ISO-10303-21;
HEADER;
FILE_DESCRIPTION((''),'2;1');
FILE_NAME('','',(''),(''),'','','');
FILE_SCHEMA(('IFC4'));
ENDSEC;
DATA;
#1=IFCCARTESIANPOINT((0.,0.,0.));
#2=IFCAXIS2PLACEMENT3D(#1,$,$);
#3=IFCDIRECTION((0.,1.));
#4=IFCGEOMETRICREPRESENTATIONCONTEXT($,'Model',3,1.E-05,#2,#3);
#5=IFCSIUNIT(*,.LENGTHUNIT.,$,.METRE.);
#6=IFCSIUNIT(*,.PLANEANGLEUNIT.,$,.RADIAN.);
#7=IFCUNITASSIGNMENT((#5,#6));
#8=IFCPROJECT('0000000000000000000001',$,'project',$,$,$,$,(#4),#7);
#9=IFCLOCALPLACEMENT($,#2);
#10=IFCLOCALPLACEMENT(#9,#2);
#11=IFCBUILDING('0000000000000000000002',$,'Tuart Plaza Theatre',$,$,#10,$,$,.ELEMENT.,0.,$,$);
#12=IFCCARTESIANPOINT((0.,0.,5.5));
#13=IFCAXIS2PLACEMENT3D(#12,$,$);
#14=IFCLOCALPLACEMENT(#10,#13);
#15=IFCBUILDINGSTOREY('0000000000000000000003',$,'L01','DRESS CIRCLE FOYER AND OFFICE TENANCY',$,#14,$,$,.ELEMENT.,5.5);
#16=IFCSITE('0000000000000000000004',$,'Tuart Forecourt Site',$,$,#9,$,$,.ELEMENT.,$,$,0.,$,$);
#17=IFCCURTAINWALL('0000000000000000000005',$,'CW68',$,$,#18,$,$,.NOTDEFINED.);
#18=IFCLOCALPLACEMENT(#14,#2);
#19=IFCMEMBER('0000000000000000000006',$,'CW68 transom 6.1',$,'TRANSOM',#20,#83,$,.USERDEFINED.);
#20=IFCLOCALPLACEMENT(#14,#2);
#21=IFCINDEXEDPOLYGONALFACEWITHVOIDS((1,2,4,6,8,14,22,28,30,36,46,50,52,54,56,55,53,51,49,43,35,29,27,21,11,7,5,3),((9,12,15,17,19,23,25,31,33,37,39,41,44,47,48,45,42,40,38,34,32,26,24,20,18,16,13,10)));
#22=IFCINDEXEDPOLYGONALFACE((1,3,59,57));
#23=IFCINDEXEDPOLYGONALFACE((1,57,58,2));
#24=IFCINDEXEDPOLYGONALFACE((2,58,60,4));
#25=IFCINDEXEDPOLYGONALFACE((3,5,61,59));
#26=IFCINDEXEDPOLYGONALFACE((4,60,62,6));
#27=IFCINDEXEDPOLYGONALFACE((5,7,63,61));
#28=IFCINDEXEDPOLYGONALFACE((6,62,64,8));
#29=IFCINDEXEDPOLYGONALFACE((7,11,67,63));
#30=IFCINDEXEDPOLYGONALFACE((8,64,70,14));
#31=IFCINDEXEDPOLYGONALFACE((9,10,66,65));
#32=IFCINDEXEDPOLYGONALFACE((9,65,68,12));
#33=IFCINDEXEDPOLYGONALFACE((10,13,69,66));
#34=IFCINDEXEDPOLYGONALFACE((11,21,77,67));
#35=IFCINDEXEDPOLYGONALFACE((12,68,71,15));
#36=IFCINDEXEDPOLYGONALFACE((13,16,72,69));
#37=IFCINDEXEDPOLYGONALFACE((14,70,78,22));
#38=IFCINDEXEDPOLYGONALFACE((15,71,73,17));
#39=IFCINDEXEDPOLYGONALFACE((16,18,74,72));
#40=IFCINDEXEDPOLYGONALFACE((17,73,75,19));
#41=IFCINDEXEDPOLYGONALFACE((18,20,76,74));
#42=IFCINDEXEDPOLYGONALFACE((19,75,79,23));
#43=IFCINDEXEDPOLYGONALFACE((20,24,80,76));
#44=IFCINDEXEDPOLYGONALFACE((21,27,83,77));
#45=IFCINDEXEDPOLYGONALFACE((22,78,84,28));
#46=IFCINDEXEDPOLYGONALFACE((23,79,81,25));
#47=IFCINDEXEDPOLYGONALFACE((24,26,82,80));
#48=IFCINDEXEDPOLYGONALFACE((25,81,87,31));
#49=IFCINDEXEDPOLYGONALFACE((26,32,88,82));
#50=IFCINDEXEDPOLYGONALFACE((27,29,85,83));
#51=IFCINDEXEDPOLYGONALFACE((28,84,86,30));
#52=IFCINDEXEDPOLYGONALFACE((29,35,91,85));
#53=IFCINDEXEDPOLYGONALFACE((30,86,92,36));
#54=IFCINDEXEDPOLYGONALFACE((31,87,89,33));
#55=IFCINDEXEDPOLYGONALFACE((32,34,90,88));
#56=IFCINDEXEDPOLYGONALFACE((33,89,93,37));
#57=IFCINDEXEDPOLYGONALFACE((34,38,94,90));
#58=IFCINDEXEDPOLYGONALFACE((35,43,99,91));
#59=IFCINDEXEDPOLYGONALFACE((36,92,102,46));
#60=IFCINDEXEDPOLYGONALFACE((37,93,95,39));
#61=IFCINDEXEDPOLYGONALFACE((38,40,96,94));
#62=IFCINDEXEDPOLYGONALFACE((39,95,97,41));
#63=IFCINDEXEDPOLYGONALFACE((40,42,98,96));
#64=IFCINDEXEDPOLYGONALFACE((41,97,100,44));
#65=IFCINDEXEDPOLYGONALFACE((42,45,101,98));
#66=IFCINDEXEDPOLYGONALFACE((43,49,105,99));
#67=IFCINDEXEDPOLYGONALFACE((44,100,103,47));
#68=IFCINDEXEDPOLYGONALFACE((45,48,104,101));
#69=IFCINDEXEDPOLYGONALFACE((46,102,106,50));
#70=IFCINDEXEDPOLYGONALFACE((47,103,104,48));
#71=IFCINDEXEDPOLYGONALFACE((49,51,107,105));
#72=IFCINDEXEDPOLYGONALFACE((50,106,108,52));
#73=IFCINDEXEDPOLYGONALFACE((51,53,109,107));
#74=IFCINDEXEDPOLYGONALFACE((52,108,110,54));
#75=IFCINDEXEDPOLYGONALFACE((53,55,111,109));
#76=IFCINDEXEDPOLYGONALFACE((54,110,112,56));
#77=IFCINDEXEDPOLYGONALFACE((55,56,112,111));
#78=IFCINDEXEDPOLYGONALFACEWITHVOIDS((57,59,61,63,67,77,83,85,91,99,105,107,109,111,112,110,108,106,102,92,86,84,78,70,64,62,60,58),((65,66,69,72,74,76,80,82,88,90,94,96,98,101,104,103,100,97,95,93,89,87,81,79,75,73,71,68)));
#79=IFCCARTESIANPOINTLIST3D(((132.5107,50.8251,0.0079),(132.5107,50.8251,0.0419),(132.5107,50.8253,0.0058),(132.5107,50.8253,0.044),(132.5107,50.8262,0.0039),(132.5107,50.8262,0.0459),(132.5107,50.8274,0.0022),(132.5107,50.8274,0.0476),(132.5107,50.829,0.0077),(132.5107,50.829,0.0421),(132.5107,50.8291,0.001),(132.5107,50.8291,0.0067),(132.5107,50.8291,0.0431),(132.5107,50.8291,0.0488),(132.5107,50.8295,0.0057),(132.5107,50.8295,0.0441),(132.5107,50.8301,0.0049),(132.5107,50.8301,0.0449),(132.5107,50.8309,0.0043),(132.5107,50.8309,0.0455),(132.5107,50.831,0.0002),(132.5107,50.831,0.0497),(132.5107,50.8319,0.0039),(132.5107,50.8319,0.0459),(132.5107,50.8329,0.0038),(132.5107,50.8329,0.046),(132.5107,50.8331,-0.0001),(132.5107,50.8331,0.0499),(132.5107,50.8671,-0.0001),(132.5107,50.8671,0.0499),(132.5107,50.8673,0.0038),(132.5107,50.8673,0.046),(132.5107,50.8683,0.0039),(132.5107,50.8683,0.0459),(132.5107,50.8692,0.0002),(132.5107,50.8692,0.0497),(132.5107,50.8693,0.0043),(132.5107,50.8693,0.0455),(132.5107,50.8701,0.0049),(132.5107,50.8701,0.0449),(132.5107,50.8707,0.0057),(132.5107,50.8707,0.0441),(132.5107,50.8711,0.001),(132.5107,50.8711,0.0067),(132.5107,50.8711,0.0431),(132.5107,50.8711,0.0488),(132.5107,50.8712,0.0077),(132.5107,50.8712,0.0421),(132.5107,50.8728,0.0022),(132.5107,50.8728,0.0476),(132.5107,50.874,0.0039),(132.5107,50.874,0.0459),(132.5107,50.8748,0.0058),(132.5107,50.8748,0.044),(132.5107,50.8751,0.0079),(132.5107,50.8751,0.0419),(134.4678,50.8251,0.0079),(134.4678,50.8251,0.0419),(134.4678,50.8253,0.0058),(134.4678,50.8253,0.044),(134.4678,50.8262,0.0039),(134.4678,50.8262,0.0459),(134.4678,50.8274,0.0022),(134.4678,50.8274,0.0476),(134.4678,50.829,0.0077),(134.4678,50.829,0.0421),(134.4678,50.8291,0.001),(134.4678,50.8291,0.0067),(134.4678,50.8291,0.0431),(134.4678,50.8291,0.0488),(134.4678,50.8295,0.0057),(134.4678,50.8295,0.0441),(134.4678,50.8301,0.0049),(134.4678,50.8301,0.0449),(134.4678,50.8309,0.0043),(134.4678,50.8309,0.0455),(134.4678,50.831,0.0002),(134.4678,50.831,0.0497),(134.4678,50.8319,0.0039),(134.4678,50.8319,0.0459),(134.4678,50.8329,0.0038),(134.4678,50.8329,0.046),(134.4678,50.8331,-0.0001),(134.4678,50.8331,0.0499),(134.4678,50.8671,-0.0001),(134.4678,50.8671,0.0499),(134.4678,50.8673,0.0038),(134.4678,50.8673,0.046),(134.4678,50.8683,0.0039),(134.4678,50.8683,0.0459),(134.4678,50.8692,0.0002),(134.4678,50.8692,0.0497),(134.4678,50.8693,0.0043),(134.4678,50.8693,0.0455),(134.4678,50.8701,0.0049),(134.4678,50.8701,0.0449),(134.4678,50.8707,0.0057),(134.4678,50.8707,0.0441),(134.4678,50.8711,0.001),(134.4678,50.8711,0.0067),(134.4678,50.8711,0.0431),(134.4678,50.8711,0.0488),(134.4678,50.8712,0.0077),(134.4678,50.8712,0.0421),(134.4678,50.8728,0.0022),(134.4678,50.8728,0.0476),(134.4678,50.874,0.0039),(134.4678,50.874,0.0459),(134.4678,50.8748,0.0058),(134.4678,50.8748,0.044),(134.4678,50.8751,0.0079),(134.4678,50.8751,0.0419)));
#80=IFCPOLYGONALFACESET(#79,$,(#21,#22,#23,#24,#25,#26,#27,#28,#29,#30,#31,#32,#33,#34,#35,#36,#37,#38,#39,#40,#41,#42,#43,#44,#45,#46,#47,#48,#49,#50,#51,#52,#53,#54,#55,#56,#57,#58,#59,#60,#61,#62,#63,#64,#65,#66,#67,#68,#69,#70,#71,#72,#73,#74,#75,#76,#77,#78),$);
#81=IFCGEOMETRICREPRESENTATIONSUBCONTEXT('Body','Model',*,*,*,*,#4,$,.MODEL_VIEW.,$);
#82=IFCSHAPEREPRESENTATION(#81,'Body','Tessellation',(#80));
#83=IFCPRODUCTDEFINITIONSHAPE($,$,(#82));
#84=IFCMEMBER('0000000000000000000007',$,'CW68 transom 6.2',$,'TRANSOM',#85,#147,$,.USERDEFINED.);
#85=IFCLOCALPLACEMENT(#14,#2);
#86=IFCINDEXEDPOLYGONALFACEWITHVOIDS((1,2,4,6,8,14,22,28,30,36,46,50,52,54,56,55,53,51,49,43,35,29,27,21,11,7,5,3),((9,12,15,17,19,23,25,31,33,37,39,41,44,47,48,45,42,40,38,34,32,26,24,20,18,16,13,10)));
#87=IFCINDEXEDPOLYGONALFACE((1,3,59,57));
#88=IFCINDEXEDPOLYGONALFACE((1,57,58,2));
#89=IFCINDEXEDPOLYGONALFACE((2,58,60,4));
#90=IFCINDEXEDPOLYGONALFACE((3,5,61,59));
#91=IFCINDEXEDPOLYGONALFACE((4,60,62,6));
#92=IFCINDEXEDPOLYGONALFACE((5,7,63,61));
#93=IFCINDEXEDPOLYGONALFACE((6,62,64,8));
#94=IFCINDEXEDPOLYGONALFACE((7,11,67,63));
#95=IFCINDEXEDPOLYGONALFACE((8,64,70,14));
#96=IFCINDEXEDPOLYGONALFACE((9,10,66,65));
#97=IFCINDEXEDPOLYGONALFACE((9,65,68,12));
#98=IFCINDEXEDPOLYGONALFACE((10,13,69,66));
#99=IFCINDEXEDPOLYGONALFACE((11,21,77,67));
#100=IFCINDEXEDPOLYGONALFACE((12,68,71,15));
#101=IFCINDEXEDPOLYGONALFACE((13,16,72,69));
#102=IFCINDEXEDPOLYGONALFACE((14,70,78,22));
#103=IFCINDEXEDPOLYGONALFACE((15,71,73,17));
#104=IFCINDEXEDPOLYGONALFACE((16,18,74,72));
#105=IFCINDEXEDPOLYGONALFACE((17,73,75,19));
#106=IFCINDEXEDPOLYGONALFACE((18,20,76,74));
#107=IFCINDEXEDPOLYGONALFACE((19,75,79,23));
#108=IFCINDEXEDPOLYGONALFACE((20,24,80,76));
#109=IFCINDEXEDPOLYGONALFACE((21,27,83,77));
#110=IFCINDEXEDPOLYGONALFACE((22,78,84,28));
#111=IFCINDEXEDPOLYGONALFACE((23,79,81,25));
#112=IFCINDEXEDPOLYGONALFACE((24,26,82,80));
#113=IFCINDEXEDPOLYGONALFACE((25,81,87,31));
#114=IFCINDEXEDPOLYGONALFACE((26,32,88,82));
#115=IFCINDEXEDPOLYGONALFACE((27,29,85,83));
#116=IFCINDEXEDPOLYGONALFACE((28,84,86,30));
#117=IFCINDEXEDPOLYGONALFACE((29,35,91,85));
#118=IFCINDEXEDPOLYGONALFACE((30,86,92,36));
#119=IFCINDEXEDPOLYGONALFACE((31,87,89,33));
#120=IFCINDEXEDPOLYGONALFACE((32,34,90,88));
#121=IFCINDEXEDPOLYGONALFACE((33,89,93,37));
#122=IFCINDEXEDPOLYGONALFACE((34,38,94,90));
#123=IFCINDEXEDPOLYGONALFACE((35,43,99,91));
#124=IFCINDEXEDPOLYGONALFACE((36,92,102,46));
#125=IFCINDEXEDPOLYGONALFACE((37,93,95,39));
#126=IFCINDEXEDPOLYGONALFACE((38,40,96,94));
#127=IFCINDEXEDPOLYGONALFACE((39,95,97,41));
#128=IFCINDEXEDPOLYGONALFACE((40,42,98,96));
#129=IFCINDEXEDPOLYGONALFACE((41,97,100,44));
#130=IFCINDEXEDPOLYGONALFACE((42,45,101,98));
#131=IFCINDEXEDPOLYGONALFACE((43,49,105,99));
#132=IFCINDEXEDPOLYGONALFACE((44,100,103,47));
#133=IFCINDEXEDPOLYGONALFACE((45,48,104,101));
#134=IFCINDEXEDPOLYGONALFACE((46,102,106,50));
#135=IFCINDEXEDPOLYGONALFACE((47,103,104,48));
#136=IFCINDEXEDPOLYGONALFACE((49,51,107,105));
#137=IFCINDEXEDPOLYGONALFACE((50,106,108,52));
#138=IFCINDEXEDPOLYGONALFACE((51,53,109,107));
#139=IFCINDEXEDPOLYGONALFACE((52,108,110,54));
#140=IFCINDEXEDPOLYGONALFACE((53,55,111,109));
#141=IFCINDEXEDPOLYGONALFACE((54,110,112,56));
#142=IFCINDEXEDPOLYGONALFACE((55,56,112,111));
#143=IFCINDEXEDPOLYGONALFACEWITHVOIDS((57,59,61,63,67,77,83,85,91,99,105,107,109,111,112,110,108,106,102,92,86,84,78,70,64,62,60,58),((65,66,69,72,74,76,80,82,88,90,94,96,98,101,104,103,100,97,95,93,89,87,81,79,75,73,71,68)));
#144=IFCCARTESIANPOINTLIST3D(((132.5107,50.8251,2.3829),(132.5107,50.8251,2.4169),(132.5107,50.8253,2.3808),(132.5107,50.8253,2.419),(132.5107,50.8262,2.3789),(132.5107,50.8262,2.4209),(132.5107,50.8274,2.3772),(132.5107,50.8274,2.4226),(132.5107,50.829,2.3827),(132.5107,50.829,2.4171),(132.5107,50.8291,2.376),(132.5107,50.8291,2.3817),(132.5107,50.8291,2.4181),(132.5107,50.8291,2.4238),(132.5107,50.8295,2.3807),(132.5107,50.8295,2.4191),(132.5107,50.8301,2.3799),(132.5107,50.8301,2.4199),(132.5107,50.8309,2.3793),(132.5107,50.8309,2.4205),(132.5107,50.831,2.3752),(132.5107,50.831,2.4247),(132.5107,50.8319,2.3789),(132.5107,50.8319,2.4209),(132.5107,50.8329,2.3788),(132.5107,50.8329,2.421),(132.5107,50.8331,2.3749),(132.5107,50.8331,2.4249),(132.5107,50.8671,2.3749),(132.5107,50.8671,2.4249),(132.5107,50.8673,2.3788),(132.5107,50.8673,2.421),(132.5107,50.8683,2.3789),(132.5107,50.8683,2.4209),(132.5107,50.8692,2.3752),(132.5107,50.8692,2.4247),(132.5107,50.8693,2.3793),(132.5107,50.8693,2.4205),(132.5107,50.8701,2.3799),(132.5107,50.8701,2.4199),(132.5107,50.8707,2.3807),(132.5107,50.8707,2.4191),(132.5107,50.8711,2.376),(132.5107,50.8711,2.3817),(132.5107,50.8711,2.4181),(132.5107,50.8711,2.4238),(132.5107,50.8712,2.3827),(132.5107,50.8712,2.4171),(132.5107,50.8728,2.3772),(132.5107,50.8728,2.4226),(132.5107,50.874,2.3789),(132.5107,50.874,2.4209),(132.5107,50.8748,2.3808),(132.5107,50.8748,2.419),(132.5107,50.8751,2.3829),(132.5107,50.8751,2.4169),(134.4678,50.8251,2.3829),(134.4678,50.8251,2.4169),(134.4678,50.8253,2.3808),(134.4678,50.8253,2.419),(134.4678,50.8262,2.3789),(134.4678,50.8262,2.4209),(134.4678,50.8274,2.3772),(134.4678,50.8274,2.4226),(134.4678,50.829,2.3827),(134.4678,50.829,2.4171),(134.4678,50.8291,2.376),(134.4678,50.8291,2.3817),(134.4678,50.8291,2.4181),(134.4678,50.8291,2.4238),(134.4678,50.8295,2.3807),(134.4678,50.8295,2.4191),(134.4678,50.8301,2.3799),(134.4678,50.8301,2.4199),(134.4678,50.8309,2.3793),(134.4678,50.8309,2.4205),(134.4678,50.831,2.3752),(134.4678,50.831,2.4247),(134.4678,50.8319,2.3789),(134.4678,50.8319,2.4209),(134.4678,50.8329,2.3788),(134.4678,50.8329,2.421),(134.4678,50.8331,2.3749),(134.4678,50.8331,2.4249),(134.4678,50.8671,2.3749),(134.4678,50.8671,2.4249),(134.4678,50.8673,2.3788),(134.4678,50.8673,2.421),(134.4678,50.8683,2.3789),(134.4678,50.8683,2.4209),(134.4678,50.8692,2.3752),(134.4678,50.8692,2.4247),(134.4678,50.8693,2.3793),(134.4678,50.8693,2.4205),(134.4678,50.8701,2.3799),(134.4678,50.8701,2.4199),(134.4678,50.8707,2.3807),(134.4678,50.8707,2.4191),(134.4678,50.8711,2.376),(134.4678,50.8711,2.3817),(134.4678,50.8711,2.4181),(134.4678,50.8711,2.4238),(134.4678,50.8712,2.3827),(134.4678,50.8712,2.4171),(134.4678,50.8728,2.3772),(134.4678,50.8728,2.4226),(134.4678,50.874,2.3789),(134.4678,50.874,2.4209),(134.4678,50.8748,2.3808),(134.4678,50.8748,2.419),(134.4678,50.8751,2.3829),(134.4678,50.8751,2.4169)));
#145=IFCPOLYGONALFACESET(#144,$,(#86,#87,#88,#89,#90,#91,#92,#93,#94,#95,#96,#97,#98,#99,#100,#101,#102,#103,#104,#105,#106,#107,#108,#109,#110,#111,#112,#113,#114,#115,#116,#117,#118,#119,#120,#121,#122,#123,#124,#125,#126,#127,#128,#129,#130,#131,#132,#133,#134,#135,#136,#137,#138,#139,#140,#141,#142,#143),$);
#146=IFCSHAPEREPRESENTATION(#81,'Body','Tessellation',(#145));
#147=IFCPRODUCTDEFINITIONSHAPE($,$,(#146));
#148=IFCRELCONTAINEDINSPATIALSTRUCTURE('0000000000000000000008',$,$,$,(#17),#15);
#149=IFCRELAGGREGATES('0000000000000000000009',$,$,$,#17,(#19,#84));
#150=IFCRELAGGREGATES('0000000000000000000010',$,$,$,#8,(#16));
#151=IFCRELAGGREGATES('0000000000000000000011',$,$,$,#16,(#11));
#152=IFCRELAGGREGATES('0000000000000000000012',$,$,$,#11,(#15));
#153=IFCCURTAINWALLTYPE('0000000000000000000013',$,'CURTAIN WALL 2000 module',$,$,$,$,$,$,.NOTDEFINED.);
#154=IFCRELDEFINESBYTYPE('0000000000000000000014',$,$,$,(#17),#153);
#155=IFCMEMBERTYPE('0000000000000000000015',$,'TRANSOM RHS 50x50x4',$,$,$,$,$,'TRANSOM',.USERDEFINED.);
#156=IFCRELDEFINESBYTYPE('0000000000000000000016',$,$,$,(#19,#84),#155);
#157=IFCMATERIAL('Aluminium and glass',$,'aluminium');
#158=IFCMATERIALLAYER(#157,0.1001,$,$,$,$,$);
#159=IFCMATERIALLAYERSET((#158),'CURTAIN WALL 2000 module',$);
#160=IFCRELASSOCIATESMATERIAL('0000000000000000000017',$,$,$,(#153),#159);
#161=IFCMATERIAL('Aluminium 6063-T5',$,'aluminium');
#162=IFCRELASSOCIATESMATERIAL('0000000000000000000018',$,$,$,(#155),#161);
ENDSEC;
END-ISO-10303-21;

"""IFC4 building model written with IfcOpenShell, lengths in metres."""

from ifc_helpers import new_model, si_unit, direction, frame, origin, origin_2d, place, context, subcontext, project, spatial, hollow_rectangle, extrude, material, layer, layer_set, material_profile, profile_set, type_object, element, aggregate, save


model = new_model("IFC4")

# Units and contexts
model_context = context("Model", 3, precision=1e-05, world=origin(), true_north=direction((0.0, 1.0)))
body_context = subcontext(model_context, "Body", "Model", "MODEL_VIEW")
ifc_project = project(units=[si_unit("LENGTHUNIT", "METRE"), si_unit("PLANEANGLEUNIT", "RADIAN")], contexts=[model_context])

# Site, building, storey
site_placement = place(None, origin())
site = spatial("IfcSite", under=ifc_project, at=site_placement, Name="Tuart Forecourt Site", CompositionType="ELEMENT", RefElevation=0.0)
building_placement = place(site_placement, origin())
building = spatial("IfcBuilding", under=site, at=building_placement, Name="Tuart Plaza Theatre", CompositionType="ELEMENT", ElevationOfRefHeight=0.0)
storey_placement = place(building_placement, frame((0.0, 0.0, 5.5)))
storey = spatial("IfcBuildingStorey", under=building, at=storey_placement, Name="L01", Description="DRESS CIRCLE FOYER AND OFFICE TENANCY", CompositionType="ELEMENT", Elevation=5.5)

# Curtain wall, members
ifc_material_1 = material(Name="Aluminium and glass", Category="aluminium")
ifc_layer_1 = layer(ifc_material_1, 0.1001)
ifc_layer_set_1 = layer_set([ifc_layer_1], Name="CURTAIN WALL 2000 module")
curtain_wall_type = type_object("IfcCurtainWallType", Name="CURTAIN WALL 2000 module", PredefinedType="NOTDEFINED", material=ifc_layer_set_1)
curtain_wall_placement = place(storey_placement, origin())
curtain_wall = element("IfcCurtainWall", 1, at=curtain_wall_placement, inside=storey, type_object=curtain_wall_type, Name="CW68", PredefinedType="NOTDEFINED")
ifc_material_2 = material(Name="Aluminium 6063-T5", Category="aluminium")
ifc_material_profile_1 = material_profile(ifc_material_2, hollow_rectangle(XDim=0.05, YDim=0.05, WallThickness=0.0039, InnerFilletRadius=0.0039, OuterFilletRadius=0.0081, at=origin_2d()), Name="RHS 50x50x4")
ifc_profile_set_1 = profile_set([ifc_material_profile_1], Name="Aluminium 6063-T5")
member_type_1 = type_object("IfcMemberType", Name="TRANSOM RHS 50x50x4", ElementType="TRANSOM", PredefinedType="USERDEFINED", material=ifc_profile_set_1)
member_1_placement = place(storey_placement, frame((132.5107, 50.8501, 0.0249), z_axis=(1.0, 0.0, 0.0), x_axis=(0.0, 1.0, 0.0)))
member_1 = element("IfcMember", 2, at=member_1_placement, type_object=member_type_1, Name="CW68 transom 6.1", ObjectType="TRANSOM", PredefinedType="USERDEFINED", context=body_context, shape_type="SweptSolid", body=[
    extrude(hollow_rectangle(XDim=0.05, YDim=0.05, WallThickness=0.0039, InnerFilletRadius=0.0039, OuterFilletRadius=0.0081, at=origin_2d()), origin(), (0.0, 0.0, 1.0), 1.957),
])
member_2_placement = place(storey_placement, frame((132.5107, 50.8501, 2.3999), z_axis=(1.0, 0.0, 0.0), x_axis=(0.0, 1.0, 0.0)))
member_2 = element("IfcMember", 3, at=member_2_placement, type_object=member_type_1, Name="CW68 transom 6.2", ObjectType="TRANSOM", PredefinedType="USERDEFINED", context=body_context, shape_type="SweptSolid", body=[
    extrude(hollow_rectangle(XDim=0.05, YDim=0.05, WallThickness=0.0039, InnerFilletRadius=0.0039, OuterFilletRadius=0.0081, at=origin_2d()), origin(), (0.0, 0.0, 1.0), 1.957),
])
aggregate(curtain_wall, [member_1, member_2])

save(model, "model.ifc")
